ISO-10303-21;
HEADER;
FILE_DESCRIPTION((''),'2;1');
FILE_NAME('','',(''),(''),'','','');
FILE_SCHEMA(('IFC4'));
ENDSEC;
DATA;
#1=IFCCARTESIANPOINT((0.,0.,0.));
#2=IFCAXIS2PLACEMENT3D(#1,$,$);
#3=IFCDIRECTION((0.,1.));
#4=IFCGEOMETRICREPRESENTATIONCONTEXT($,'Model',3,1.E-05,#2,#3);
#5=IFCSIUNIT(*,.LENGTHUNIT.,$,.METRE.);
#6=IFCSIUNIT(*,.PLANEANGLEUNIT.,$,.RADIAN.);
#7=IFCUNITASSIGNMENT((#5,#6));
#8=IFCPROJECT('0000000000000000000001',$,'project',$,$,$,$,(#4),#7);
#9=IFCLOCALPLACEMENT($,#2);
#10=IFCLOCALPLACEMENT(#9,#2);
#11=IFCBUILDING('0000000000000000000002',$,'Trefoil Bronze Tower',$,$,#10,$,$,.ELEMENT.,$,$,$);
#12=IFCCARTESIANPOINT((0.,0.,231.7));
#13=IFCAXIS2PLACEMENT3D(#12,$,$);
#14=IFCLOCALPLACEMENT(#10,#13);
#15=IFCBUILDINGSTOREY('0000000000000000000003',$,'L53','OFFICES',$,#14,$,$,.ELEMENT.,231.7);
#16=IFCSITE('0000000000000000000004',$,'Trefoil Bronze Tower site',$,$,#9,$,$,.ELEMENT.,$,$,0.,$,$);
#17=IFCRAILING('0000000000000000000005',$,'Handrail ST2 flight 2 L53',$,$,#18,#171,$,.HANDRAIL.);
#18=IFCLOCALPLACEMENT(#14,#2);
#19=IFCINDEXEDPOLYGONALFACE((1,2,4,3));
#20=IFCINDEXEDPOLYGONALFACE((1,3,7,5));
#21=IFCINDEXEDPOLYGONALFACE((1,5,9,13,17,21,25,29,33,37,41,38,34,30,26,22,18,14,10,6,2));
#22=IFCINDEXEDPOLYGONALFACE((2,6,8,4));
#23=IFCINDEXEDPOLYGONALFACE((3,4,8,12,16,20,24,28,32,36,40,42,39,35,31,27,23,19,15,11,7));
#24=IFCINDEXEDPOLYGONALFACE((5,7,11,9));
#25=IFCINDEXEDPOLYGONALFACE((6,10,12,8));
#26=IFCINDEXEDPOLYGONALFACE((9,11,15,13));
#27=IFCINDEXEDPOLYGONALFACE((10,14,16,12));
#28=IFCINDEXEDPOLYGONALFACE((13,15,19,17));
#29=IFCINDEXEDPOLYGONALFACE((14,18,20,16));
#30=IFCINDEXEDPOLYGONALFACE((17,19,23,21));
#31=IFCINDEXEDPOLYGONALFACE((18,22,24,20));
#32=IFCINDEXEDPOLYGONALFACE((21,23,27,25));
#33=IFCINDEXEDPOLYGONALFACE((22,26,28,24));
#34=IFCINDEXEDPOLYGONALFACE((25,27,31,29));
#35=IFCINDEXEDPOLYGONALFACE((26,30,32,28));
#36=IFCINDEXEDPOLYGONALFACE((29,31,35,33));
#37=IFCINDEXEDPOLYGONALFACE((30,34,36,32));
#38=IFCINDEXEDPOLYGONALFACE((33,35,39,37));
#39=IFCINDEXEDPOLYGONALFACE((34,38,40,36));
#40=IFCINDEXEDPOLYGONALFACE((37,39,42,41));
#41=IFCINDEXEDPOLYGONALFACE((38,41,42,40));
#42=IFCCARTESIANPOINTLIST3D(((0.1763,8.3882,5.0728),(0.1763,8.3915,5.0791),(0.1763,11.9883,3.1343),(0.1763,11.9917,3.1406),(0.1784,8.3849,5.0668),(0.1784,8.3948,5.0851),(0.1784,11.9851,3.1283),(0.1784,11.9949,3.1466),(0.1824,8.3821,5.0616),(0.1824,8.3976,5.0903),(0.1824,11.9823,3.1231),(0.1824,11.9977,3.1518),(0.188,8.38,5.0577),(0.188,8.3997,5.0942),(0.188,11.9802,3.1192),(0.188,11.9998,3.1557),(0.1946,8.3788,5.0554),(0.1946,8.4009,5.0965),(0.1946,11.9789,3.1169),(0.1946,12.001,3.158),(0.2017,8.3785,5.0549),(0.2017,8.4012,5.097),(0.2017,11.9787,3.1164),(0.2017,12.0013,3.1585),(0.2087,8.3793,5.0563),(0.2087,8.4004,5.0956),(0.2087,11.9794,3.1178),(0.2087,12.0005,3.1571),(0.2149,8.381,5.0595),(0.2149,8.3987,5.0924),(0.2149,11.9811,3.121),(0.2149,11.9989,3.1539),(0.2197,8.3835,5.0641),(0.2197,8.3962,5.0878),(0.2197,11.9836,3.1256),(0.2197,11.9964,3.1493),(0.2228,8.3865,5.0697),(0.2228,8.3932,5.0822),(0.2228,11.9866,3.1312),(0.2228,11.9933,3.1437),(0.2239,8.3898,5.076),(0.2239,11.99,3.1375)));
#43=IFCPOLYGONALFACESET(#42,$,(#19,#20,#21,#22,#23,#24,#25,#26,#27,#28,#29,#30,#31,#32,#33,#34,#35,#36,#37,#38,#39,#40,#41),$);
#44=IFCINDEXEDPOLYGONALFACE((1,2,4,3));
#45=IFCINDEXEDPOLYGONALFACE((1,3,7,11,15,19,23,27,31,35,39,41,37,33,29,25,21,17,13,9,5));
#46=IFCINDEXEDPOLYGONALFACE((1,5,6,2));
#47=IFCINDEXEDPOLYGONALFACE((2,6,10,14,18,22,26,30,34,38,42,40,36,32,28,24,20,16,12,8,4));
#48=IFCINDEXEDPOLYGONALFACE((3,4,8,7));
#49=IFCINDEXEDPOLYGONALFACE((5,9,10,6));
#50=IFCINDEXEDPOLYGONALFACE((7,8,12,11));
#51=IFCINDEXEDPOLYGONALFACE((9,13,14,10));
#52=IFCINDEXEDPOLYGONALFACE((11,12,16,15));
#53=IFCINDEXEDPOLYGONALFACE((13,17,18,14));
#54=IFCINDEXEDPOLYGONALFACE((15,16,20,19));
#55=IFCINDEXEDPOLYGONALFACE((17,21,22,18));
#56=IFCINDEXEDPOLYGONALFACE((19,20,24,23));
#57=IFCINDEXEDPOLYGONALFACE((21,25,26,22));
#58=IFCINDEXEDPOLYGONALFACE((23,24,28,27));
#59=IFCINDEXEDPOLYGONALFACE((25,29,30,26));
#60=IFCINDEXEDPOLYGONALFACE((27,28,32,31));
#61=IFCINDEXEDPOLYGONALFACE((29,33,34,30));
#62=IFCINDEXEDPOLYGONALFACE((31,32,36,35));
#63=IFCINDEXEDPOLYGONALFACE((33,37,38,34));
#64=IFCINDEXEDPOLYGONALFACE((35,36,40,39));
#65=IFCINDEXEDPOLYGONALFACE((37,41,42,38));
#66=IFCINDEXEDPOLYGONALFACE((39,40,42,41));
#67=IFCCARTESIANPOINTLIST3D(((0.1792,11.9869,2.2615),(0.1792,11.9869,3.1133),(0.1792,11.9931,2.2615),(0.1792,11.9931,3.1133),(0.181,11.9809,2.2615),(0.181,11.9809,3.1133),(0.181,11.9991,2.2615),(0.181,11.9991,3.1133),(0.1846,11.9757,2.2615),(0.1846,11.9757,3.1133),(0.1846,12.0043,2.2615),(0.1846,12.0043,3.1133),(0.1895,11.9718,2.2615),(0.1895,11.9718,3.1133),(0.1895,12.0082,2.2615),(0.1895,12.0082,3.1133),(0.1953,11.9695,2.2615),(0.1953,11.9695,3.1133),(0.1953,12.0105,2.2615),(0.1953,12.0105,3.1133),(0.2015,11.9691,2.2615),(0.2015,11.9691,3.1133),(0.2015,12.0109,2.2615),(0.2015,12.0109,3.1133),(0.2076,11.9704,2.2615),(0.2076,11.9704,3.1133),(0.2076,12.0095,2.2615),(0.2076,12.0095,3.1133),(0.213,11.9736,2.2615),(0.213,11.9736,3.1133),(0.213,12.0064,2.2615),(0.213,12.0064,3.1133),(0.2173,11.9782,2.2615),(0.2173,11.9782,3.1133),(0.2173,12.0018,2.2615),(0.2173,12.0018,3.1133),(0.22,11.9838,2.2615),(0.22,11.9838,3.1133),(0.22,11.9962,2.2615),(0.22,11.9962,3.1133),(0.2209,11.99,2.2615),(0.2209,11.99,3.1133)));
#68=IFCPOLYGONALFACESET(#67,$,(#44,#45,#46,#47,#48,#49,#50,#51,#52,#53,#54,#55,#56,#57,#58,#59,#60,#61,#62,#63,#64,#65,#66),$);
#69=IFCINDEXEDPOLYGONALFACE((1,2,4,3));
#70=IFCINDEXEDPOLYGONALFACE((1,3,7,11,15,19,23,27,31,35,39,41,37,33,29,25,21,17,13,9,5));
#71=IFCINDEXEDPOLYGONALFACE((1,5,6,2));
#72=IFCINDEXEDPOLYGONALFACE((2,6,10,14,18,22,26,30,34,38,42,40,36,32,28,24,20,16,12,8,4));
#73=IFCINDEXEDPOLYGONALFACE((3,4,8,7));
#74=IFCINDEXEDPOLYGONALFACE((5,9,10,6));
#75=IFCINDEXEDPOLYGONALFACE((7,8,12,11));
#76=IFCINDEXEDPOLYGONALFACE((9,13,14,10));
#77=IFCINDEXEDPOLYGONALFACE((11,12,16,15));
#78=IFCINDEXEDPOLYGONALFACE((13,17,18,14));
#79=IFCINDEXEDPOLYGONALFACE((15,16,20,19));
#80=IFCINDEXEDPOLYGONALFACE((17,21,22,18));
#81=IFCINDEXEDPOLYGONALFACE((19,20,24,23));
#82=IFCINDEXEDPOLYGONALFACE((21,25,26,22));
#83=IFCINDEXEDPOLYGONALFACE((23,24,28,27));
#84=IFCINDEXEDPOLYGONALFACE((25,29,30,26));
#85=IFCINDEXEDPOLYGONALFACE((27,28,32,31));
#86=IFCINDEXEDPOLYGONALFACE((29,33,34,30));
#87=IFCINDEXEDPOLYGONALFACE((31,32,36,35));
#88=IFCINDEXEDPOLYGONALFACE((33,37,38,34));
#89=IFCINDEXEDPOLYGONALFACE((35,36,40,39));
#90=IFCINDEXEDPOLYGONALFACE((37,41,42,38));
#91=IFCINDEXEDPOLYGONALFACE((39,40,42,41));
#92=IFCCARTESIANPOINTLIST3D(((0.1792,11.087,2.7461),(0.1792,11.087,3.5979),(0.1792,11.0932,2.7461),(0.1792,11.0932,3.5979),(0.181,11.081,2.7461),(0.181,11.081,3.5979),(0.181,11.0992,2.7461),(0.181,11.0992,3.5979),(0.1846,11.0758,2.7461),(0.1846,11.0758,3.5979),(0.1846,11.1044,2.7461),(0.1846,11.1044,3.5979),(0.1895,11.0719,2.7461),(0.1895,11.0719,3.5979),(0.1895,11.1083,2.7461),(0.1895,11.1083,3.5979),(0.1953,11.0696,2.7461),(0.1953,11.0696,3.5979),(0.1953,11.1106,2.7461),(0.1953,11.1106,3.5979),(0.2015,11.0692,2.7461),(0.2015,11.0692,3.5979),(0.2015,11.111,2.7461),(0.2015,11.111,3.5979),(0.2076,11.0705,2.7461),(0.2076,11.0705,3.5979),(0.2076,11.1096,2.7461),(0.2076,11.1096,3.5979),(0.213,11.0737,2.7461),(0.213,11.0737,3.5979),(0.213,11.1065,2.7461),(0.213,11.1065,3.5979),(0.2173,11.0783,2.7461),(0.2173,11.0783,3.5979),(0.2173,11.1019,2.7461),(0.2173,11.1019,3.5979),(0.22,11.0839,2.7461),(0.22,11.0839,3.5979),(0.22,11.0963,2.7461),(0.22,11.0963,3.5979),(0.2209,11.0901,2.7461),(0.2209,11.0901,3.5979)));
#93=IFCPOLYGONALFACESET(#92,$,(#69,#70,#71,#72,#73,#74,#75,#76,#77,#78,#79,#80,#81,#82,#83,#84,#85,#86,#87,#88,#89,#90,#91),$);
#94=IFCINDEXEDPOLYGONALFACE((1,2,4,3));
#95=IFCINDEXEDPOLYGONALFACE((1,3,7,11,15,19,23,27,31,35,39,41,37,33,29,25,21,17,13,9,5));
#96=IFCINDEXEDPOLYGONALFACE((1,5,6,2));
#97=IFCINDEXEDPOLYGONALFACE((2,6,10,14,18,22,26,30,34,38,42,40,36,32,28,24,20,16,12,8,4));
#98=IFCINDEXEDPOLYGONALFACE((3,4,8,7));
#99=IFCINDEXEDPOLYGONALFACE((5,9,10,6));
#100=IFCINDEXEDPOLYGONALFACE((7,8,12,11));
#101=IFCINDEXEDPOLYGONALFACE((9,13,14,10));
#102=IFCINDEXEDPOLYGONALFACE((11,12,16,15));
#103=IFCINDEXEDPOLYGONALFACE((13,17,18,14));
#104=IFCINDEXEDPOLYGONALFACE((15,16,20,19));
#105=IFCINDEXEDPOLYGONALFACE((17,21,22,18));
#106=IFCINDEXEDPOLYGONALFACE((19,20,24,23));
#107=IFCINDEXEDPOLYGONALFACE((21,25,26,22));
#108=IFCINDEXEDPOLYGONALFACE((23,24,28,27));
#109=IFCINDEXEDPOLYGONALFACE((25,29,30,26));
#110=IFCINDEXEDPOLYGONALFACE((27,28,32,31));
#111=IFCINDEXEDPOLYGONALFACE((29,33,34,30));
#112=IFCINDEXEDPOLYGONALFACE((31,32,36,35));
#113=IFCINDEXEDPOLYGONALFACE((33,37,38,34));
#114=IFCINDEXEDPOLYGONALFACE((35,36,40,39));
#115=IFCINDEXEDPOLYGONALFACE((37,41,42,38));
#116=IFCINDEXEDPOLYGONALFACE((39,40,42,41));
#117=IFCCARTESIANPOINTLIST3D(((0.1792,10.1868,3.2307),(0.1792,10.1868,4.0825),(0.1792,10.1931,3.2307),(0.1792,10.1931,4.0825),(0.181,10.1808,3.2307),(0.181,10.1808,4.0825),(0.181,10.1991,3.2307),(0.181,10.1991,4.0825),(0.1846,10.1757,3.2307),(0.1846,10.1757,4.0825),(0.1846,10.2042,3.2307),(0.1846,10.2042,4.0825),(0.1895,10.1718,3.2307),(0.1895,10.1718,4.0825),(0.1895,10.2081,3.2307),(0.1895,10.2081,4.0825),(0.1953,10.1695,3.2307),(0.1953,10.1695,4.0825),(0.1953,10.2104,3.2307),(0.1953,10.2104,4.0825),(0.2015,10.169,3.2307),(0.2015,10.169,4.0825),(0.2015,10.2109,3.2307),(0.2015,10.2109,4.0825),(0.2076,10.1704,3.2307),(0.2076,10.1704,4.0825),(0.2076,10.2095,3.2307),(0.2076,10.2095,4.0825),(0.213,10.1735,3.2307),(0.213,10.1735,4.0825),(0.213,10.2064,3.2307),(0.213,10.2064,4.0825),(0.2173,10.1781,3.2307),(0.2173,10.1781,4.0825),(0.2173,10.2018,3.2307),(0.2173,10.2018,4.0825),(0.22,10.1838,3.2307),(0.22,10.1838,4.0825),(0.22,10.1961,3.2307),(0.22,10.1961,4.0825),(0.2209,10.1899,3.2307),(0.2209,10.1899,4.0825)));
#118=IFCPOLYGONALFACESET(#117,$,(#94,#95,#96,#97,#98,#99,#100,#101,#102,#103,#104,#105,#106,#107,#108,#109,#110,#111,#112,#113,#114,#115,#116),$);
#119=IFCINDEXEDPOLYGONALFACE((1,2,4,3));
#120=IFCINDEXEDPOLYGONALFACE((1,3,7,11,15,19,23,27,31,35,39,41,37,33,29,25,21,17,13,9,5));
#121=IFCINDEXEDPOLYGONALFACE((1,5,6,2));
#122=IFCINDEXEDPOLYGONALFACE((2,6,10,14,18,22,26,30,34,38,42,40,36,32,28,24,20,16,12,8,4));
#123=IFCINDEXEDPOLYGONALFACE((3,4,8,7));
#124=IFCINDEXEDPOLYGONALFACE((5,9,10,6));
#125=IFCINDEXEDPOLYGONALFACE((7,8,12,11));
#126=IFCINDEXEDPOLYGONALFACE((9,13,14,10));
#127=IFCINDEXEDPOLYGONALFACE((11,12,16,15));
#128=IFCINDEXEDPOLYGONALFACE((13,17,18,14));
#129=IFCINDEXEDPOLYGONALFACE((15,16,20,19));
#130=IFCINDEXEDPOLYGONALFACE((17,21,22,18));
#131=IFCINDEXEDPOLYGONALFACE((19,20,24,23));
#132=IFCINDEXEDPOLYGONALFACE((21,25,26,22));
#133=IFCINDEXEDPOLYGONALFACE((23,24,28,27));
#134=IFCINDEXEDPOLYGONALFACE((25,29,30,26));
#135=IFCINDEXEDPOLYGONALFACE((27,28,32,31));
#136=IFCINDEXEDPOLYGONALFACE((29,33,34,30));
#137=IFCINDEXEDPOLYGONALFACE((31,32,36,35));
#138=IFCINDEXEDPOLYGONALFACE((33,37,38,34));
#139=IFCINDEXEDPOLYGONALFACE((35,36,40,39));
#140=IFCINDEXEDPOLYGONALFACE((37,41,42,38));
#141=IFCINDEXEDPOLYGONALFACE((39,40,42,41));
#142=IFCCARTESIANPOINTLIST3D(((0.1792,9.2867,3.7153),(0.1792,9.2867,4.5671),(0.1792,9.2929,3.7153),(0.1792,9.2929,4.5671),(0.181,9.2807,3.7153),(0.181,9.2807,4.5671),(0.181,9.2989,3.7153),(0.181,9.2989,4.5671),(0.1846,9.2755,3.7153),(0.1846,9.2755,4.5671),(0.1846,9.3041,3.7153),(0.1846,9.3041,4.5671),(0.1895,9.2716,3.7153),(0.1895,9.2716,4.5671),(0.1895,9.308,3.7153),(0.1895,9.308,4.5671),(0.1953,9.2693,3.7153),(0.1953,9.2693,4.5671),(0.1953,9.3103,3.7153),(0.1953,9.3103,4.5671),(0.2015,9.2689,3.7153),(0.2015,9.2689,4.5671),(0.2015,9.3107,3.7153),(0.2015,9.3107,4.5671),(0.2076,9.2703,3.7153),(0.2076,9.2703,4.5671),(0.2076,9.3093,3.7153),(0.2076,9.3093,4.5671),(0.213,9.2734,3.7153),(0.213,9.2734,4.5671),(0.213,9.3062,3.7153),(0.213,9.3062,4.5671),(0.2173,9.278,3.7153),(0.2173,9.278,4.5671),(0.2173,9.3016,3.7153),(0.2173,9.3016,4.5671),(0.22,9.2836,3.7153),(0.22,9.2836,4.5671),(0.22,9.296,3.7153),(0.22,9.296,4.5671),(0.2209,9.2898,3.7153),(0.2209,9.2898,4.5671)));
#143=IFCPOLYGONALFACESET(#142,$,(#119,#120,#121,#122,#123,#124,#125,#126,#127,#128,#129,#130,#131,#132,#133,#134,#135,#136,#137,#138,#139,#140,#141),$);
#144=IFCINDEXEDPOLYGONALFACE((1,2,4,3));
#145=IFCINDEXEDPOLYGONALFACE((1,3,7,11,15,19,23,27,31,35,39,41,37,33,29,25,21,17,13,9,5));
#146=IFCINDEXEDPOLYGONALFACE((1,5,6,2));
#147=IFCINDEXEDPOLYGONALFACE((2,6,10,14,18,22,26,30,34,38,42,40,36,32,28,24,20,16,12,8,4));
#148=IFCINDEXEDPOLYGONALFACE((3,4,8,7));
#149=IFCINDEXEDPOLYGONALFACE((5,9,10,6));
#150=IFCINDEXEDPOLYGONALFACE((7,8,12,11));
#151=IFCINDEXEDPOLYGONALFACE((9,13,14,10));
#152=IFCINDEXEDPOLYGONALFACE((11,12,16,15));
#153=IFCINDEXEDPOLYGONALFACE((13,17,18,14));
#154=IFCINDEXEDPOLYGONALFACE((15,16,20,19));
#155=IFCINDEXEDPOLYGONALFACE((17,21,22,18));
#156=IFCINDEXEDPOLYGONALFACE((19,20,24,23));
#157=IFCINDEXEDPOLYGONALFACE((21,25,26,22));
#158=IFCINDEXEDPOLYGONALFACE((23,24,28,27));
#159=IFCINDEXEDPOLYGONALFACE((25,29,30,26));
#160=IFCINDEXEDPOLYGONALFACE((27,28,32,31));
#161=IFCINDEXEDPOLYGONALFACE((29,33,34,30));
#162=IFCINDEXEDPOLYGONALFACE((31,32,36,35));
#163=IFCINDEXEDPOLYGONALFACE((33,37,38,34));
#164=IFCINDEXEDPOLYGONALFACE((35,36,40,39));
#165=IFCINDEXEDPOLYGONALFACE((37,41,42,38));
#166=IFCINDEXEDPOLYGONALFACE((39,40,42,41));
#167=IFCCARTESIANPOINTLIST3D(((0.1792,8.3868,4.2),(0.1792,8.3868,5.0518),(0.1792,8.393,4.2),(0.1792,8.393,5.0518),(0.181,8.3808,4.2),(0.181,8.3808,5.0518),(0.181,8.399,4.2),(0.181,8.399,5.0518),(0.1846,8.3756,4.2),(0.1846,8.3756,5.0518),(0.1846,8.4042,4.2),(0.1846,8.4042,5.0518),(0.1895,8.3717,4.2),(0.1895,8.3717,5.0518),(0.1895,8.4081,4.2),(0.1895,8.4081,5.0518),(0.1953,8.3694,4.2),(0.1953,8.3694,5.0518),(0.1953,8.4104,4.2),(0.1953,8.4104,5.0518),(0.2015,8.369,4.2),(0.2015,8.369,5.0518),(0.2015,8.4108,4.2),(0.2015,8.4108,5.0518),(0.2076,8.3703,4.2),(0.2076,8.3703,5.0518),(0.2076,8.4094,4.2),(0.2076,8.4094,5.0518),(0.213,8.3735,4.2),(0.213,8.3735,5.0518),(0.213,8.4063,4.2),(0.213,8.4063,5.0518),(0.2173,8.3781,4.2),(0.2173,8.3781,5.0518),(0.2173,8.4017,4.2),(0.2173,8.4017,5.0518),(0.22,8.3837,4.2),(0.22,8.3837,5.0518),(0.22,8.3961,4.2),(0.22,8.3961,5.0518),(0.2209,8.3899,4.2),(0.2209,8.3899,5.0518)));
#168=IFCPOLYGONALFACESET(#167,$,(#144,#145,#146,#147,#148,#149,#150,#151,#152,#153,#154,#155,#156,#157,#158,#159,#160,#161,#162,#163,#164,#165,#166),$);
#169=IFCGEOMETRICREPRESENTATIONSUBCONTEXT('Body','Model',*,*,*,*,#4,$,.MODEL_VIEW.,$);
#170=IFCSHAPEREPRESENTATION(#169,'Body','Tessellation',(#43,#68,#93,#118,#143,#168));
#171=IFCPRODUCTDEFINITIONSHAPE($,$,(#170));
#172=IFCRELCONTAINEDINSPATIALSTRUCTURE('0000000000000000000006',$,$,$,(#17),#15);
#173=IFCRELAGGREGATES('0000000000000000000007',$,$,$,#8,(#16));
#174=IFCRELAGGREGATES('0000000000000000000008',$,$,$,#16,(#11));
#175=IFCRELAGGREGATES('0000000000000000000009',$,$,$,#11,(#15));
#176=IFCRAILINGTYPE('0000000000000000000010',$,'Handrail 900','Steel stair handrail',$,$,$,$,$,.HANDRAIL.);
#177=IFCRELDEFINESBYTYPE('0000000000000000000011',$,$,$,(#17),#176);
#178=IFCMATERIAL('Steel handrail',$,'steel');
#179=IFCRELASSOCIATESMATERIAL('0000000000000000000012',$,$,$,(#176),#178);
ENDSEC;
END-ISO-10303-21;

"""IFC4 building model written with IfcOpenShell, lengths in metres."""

from ifc_helpers import new_model, si_unit, direction, frame, origin, origin_2d, place, context, subcontext, project, spatial, circle, extrude, material, type_object, element, save


model = new_model("IFC4")

# Units and contexts
model_context = context("Model", 3, precision=1e-05, world=origin(), true_north=direction((0.0, 1.0)))
body_context = subcontext(model_context, "Body", "Model", "MODEL_VIEW")
ifc_project = project(units=[si_unit("LENGTHUNIT", "METRE"), si_unit("PLANEANGLEUNIT", "RADIAN")], contexts=[model_context])

# Site, building, storey
site_placement = place(None, origin())
site = spatial("IfcSite", under=ifc_project, at=site_placement, Name="Trefoil Bronze Tower site", CompositionType="ELEMENT", RefElevation=0.0)
building_placement = place(site_placement, origin())
building = spatial("IfcBuilding", under=site, at=building_placement, Name="Trefoil Bronze Tower", CompositionType="ELEMENT")
storey_placement = place(building_placement, frame((0.0, 0.0, 231.7)))
storey = spatial("IfcBuildingStorey", under=building, at=storey_placement, Name="L53", Description="OFFICES", CompositionType="ELEMENT", Elevation=231.7)

# Railing
ifc_material_1 = material(Name="Steel handrail", Category="steel")
railing_type = type_object("IfcRailingType", Name="Handrail 900", Description="Steel stair handrail", PredefinedType="HANDRAIL", material=ifc_material_1)
railing_placement = place(storey_placement, frame((0.2, 11.99, 2.2615)))
element("IfcRailing", 1, at=railing_placement, inside=storey, type_object=railing_type, Name="Handrail ST2 flight 2 L53", PredefinedType="HANDRAIL", context=body_context, shape_type="SweptSolid", body=[
    extrude(circle(Radius=0.0239, at=origin_2d()), frame((0.0, 0.0, 0.876), z_axis=(0.0, -0.880475, 0.474093), x_axis=(1.0, 0.0, 0.0)), (0.0, 0.0, 1.0), 4.0889),
    extrude(circle(Radius=0.021, at=origin_2d()), origin(), (0.0, 0.0, 1.0), 0.8518),
    extrude(circle(Radius=0.021, at=origin_2d()), frame((0.0, -0.8999, 0.4846)), (0.0, 0.0, 1.0), 0.8518),
    extrude(circle(Radius=0.021, at=origin_2d()), frame((0.0, -1.8, 0.9692)), (0.0, 0.0, 1.0), 0.8518),
    extrude(circle(Radius=0.021, at=origin_2d()), frame((0.0, -2.7002, 1.4539)), (0.0, 0.0, 1.0), 0.8518),
    extrude(circle(Radius=0.021, at=origin_2d()), frame((0.0, -3.6001, 1.9385)), (0.0, 0.0, 1.0), 0.8518),
])

save(model, "model.ifc")
